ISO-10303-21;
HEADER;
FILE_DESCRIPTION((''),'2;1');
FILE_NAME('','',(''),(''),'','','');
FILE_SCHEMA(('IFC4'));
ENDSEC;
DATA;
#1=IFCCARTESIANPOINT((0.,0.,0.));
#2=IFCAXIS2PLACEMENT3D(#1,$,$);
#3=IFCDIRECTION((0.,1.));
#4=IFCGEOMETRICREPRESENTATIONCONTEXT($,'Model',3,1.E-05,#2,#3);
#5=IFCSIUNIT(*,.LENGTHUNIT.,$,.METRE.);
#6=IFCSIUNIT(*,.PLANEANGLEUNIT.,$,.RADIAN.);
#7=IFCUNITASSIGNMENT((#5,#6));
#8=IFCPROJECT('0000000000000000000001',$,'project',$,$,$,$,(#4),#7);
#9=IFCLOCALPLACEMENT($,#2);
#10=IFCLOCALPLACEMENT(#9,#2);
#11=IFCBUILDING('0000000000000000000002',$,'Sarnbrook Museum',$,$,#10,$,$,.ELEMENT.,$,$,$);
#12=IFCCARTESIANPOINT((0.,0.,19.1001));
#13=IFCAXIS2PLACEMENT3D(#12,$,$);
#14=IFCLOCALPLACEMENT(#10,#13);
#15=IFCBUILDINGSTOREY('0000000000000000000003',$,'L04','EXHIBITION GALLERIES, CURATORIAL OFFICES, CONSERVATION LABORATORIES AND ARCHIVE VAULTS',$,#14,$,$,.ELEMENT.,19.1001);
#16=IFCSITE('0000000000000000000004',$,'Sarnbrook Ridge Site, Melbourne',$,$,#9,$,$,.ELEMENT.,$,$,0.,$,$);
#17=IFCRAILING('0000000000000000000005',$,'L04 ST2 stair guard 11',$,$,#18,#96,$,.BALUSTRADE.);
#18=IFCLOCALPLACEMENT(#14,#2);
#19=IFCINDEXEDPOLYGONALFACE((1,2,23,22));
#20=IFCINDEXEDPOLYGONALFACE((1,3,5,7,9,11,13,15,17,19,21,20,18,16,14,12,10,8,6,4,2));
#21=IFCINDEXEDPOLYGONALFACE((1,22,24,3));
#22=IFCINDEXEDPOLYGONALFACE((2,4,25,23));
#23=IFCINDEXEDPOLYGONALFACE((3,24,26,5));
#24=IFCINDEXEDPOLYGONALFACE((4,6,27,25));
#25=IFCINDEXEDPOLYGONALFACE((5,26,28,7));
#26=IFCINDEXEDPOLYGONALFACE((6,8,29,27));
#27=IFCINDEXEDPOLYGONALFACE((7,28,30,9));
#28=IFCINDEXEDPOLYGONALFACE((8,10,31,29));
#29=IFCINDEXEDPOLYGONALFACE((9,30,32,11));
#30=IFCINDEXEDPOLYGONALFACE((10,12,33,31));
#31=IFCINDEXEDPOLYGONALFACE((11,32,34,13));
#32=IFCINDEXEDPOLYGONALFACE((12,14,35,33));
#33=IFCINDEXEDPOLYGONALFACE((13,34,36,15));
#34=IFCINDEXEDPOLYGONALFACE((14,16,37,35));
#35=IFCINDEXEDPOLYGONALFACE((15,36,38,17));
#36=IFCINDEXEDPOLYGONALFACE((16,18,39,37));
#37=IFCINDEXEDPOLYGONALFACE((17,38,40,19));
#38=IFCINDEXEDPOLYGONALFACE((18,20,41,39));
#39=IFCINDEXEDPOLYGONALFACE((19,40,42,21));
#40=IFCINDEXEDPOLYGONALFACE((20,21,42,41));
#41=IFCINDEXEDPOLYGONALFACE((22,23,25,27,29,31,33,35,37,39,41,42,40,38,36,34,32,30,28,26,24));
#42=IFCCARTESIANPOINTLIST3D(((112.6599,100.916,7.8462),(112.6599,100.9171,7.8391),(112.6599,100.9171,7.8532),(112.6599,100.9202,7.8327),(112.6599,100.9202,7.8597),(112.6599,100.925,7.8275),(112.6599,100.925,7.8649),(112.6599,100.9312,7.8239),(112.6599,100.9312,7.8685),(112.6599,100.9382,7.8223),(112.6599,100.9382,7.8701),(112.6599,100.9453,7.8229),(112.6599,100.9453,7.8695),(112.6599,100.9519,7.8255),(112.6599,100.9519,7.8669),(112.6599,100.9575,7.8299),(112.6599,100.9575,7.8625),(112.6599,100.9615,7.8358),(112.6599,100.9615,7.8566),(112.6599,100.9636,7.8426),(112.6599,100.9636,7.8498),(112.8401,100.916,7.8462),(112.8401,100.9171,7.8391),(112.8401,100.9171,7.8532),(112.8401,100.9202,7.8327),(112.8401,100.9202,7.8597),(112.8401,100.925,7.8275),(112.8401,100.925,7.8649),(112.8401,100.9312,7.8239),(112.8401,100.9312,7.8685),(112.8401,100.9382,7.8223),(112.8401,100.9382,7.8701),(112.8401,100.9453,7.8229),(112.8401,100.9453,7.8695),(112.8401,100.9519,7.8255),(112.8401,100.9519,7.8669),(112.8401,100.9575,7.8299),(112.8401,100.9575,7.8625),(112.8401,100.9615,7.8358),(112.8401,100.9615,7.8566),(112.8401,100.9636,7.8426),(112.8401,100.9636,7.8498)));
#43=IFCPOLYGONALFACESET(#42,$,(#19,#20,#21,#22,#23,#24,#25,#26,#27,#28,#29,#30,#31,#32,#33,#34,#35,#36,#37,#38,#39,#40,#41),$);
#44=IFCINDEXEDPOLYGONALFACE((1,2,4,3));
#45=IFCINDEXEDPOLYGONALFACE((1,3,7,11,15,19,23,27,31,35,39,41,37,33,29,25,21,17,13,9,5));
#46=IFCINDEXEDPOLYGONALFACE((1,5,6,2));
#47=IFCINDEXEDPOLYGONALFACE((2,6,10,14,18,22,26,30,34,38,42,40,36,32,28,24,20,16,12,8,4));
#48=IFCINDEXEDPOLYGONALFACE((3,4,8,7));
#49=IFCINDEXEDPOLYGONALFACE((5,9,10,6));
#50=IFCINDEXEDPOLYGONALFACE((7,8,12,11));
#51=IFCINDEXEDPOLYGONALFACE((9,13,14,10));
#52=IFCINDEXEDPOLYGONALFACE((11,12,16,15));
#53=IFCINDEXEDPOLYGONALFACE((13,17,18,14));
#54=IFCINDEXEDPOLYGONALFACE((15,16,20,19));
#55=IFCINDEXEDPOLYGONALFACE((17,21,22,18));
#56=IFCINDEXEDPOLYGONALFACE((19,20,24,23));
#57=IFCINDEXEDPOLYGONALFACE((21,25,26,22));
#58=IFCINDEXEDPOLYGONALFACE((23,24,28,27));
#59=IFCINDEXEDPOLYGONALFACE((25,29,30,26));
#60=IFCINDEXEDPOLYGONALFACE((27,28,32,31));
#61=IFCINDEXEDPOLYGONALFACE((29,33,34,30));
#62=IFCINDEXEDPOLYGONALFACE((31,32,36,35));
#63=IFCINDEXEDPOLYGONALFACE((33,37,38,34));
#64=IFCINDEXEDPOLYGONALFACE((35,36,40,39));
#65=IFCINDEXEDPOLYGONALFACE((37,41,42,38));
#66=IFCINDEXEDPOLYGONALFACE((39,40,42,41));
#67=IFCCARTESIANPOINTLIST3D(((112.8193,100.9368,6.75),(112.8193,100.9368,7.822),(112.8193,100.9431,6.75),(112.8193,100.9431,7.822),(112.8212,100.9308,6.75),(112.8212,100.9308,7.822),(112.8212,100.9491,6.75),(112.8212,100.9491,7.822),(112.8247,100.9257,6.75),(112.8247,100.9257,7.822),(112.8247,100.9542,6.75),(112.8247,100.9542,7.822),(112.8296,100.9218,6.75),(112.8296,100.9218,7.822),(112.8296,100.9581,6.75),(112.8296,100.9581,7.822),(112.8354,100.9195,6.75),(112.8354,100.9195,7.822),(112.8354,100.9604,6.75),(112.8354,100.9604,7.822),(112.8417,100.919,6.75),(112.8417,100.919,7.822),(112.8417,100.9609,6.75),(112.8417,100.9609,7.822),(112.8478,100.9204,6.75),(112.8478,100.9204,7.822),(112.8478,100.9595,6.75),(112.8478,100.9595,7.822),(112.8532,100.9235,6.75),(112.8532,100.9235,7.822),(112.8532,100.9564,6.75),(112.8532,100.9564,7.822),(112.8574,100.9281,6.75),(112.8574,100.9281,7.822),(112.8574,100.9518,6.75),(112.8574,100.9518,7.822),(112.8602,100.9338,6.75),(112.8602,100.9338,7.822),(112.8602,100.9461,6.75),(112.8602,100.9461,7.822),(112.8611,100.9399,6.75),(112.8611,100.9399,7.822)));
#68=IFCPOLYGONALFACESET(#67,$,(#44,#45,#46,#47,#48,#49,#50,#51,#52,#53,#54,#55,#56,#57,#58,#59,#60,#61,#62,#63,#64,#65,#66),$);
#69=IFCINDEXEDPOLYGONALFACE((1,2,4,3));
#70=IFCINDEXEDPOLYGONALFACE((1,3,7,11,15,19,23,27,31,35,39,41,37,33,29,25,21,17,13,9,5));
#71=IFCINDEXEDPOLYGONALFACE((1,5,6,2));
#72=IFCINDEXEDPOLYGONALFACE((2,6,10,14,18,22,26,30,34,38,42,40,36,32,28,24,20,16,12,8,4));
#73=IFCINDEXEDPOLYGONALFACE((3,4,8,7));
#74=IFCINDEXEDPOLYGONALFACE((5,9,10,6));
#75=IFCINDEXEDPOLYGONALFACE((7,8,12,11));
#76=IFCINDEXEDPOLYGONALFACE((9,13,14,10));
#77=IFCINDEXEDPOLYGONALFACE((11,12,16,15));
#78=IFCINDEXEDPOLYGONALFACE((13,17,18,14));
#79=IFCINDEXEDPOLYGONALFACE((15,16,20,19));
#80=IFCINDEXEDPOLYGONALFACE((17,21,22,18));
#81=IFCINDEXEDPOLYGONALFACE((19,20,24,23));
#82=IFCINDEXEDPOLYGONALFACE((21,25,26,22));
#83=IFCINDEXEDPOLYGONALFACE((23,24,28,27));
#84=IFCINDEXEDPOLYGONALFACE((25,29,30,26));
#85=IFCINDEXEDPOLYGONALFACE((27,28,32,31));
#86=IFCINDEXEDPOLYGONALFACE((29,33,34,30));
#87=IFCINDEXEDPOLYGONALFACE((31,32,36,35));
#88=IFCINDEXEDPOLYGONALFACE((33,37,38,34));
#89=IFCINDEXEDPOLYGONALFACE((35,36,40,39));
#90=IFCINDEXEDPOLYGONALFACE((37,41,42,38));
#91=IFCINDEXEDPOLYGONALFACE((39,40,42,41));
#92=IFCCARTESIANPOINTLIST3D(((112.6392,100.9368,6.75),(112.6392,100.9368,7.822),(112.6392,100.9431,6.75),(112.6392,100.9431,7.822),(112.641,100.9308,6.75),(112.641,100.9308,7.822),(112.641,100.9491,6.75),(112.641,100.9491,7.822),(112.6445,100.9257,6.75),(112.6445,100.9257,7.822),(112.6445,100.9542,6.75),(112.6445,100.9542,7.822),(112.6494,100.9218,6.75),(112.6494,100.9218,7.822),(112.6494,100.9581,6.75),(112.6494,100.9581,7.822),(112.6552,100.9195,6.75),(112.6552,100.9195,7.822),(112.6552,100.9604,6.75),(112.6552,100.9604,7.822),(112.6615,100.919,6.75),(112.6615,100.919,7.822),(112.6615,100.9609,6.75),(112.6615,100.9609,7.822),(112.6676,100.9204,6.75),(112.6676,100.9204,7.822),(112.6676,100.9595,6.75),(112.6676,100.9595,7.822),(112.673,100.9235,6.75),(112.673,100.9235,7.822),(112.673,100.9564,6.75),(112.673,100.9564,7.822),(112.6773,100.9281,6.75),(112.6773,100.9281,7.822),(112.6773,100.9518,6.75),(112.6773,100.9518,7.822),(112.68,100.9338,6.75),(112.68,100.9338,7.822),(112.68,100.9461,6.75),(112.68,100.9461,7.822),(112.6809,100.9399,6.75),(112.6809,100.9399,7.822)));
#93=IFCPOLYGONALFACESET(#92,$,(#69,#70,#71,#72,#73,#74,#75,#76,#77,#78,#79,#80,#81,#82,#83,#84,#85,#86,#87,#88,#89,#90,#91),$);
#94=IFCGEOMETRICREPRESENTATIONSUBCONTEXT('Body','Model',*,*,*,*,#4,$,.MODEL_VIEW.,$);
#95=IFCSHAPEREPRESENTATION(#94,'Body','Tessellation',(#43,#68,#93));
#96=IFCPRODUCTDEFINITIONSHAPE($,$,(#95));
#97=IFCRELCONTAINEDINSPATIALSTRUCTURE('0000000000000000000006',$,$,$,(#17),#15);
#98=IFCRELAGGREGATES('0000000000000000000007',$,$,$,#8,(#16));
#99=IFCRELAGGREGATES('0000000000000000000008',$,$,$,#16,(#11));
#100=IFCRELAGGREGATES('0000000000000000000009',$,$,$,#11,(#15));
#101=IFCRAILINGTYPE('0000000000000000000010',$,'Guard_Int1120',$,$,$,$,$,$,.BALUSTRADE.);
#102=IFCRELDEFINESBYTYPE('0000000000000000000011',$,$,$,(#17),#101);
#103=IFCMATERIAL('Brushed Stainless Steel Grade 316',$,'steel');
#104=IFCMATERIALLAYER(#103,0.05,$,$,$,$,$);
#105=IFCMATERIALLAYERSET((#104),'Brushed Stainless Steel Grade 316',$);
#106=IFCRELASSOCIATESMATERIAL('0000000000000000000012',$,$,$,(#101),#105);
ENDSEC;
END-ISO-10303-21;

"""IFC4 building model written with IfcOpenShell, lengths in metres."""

from ifc_helpers import new_model, si_unit, direction, frame, origin, origin_2d, place, context, subcontext, project, spatial, circle, extrude, material, layer, layer_set, type_object, element, save


model = new_model("IFC4")

# Units and contexts
model_context = context("Model", 3, precision=1e-05, world=origin(), true_north=direction((0.0, 1.0)))
body_context = subcontext(model_context, "Body", "Model", "MODEL_VIEW")
ifc_project = project(units=[si_unit("LENGTHUNIT", "METRE"), si_unit("PLANEANGLEUNIT", "RADIAN")], contexts=[model_context])

# Site, building, storey
site_placement = place(None, origin())
site = spatial("IfcSite", under=ifc_project, at=site_placement, Name="Sarnbrook Ridge Site, Melbourne", CompositionType="ELEMENT", RefElevation=0.0)
building_placement = place(site_placement, origin())
building = spatial("IfcBuilding", under=site, at=building_placement, Name="Sarnbrook Museum", CompositionType="ELEMENT")
storey_placement = place(building_placement, frame((0.0, 0.0, 19.1001)))
storey = spatial("IfcBuildingStorey", under=building, at=storey_placement, Name="L04", Description="EXHIBITION GALLERIES, CURATORIAL OFFICES, CONSERVATION LABORATORIES AND ARCHIVE VAULTS", CompositionType="ELEMENT", Elevation=19.1001)

# Shared definitions
ifc_material_1 = material(Name="Brushed Stainless Steel Grade 316", Category="steel")

# Railing
ifc_layer_1 = layer(ifc_material_1, 0.05)
ifc_layer_set_1 = layer_set([ifc_layer_1], Name="Brushed Stainless Steel Grade 316")
railing_type_1 = type_object("IfcRailingType", Name="Guard_Int1120", PredefinedType="BALUSTRADE", material=ifc_layer_set_1)
railing_1_placement = place(storey_placement, frame((112.8401, 100.9399, 6.75)))
element("IfcRailing", 1, at=railing_1_placement, inside=storey, type_object=railing_type_1, Name="L04 ST2 stair guard 11", PredefinedType="BALUSTRADE", context=body_context, shape_type="SweptSolid", body=[
    extrude(circle(Radius=0.0239, at=origin_2d()), frame((0.0, 0.0, 1.0962), z_axis=(-1.0, 0.0, 0.0), x_axis=(0.0, -1.0, 0.0)), (0.0, 0.0, 1.0), 0.1802),
    extrude(circle(Radius=0.021, at=origin_2d()), origin(), (0.0, 0.0, 1.0), 1.072),
    extrude(circle(Radius=0.021, at=origin_2d()), frame((-0.1802, 0.0, 0.0)), (0.0, 0.0, 1.0), 1.072),
])

save(model, "model.ifc")
